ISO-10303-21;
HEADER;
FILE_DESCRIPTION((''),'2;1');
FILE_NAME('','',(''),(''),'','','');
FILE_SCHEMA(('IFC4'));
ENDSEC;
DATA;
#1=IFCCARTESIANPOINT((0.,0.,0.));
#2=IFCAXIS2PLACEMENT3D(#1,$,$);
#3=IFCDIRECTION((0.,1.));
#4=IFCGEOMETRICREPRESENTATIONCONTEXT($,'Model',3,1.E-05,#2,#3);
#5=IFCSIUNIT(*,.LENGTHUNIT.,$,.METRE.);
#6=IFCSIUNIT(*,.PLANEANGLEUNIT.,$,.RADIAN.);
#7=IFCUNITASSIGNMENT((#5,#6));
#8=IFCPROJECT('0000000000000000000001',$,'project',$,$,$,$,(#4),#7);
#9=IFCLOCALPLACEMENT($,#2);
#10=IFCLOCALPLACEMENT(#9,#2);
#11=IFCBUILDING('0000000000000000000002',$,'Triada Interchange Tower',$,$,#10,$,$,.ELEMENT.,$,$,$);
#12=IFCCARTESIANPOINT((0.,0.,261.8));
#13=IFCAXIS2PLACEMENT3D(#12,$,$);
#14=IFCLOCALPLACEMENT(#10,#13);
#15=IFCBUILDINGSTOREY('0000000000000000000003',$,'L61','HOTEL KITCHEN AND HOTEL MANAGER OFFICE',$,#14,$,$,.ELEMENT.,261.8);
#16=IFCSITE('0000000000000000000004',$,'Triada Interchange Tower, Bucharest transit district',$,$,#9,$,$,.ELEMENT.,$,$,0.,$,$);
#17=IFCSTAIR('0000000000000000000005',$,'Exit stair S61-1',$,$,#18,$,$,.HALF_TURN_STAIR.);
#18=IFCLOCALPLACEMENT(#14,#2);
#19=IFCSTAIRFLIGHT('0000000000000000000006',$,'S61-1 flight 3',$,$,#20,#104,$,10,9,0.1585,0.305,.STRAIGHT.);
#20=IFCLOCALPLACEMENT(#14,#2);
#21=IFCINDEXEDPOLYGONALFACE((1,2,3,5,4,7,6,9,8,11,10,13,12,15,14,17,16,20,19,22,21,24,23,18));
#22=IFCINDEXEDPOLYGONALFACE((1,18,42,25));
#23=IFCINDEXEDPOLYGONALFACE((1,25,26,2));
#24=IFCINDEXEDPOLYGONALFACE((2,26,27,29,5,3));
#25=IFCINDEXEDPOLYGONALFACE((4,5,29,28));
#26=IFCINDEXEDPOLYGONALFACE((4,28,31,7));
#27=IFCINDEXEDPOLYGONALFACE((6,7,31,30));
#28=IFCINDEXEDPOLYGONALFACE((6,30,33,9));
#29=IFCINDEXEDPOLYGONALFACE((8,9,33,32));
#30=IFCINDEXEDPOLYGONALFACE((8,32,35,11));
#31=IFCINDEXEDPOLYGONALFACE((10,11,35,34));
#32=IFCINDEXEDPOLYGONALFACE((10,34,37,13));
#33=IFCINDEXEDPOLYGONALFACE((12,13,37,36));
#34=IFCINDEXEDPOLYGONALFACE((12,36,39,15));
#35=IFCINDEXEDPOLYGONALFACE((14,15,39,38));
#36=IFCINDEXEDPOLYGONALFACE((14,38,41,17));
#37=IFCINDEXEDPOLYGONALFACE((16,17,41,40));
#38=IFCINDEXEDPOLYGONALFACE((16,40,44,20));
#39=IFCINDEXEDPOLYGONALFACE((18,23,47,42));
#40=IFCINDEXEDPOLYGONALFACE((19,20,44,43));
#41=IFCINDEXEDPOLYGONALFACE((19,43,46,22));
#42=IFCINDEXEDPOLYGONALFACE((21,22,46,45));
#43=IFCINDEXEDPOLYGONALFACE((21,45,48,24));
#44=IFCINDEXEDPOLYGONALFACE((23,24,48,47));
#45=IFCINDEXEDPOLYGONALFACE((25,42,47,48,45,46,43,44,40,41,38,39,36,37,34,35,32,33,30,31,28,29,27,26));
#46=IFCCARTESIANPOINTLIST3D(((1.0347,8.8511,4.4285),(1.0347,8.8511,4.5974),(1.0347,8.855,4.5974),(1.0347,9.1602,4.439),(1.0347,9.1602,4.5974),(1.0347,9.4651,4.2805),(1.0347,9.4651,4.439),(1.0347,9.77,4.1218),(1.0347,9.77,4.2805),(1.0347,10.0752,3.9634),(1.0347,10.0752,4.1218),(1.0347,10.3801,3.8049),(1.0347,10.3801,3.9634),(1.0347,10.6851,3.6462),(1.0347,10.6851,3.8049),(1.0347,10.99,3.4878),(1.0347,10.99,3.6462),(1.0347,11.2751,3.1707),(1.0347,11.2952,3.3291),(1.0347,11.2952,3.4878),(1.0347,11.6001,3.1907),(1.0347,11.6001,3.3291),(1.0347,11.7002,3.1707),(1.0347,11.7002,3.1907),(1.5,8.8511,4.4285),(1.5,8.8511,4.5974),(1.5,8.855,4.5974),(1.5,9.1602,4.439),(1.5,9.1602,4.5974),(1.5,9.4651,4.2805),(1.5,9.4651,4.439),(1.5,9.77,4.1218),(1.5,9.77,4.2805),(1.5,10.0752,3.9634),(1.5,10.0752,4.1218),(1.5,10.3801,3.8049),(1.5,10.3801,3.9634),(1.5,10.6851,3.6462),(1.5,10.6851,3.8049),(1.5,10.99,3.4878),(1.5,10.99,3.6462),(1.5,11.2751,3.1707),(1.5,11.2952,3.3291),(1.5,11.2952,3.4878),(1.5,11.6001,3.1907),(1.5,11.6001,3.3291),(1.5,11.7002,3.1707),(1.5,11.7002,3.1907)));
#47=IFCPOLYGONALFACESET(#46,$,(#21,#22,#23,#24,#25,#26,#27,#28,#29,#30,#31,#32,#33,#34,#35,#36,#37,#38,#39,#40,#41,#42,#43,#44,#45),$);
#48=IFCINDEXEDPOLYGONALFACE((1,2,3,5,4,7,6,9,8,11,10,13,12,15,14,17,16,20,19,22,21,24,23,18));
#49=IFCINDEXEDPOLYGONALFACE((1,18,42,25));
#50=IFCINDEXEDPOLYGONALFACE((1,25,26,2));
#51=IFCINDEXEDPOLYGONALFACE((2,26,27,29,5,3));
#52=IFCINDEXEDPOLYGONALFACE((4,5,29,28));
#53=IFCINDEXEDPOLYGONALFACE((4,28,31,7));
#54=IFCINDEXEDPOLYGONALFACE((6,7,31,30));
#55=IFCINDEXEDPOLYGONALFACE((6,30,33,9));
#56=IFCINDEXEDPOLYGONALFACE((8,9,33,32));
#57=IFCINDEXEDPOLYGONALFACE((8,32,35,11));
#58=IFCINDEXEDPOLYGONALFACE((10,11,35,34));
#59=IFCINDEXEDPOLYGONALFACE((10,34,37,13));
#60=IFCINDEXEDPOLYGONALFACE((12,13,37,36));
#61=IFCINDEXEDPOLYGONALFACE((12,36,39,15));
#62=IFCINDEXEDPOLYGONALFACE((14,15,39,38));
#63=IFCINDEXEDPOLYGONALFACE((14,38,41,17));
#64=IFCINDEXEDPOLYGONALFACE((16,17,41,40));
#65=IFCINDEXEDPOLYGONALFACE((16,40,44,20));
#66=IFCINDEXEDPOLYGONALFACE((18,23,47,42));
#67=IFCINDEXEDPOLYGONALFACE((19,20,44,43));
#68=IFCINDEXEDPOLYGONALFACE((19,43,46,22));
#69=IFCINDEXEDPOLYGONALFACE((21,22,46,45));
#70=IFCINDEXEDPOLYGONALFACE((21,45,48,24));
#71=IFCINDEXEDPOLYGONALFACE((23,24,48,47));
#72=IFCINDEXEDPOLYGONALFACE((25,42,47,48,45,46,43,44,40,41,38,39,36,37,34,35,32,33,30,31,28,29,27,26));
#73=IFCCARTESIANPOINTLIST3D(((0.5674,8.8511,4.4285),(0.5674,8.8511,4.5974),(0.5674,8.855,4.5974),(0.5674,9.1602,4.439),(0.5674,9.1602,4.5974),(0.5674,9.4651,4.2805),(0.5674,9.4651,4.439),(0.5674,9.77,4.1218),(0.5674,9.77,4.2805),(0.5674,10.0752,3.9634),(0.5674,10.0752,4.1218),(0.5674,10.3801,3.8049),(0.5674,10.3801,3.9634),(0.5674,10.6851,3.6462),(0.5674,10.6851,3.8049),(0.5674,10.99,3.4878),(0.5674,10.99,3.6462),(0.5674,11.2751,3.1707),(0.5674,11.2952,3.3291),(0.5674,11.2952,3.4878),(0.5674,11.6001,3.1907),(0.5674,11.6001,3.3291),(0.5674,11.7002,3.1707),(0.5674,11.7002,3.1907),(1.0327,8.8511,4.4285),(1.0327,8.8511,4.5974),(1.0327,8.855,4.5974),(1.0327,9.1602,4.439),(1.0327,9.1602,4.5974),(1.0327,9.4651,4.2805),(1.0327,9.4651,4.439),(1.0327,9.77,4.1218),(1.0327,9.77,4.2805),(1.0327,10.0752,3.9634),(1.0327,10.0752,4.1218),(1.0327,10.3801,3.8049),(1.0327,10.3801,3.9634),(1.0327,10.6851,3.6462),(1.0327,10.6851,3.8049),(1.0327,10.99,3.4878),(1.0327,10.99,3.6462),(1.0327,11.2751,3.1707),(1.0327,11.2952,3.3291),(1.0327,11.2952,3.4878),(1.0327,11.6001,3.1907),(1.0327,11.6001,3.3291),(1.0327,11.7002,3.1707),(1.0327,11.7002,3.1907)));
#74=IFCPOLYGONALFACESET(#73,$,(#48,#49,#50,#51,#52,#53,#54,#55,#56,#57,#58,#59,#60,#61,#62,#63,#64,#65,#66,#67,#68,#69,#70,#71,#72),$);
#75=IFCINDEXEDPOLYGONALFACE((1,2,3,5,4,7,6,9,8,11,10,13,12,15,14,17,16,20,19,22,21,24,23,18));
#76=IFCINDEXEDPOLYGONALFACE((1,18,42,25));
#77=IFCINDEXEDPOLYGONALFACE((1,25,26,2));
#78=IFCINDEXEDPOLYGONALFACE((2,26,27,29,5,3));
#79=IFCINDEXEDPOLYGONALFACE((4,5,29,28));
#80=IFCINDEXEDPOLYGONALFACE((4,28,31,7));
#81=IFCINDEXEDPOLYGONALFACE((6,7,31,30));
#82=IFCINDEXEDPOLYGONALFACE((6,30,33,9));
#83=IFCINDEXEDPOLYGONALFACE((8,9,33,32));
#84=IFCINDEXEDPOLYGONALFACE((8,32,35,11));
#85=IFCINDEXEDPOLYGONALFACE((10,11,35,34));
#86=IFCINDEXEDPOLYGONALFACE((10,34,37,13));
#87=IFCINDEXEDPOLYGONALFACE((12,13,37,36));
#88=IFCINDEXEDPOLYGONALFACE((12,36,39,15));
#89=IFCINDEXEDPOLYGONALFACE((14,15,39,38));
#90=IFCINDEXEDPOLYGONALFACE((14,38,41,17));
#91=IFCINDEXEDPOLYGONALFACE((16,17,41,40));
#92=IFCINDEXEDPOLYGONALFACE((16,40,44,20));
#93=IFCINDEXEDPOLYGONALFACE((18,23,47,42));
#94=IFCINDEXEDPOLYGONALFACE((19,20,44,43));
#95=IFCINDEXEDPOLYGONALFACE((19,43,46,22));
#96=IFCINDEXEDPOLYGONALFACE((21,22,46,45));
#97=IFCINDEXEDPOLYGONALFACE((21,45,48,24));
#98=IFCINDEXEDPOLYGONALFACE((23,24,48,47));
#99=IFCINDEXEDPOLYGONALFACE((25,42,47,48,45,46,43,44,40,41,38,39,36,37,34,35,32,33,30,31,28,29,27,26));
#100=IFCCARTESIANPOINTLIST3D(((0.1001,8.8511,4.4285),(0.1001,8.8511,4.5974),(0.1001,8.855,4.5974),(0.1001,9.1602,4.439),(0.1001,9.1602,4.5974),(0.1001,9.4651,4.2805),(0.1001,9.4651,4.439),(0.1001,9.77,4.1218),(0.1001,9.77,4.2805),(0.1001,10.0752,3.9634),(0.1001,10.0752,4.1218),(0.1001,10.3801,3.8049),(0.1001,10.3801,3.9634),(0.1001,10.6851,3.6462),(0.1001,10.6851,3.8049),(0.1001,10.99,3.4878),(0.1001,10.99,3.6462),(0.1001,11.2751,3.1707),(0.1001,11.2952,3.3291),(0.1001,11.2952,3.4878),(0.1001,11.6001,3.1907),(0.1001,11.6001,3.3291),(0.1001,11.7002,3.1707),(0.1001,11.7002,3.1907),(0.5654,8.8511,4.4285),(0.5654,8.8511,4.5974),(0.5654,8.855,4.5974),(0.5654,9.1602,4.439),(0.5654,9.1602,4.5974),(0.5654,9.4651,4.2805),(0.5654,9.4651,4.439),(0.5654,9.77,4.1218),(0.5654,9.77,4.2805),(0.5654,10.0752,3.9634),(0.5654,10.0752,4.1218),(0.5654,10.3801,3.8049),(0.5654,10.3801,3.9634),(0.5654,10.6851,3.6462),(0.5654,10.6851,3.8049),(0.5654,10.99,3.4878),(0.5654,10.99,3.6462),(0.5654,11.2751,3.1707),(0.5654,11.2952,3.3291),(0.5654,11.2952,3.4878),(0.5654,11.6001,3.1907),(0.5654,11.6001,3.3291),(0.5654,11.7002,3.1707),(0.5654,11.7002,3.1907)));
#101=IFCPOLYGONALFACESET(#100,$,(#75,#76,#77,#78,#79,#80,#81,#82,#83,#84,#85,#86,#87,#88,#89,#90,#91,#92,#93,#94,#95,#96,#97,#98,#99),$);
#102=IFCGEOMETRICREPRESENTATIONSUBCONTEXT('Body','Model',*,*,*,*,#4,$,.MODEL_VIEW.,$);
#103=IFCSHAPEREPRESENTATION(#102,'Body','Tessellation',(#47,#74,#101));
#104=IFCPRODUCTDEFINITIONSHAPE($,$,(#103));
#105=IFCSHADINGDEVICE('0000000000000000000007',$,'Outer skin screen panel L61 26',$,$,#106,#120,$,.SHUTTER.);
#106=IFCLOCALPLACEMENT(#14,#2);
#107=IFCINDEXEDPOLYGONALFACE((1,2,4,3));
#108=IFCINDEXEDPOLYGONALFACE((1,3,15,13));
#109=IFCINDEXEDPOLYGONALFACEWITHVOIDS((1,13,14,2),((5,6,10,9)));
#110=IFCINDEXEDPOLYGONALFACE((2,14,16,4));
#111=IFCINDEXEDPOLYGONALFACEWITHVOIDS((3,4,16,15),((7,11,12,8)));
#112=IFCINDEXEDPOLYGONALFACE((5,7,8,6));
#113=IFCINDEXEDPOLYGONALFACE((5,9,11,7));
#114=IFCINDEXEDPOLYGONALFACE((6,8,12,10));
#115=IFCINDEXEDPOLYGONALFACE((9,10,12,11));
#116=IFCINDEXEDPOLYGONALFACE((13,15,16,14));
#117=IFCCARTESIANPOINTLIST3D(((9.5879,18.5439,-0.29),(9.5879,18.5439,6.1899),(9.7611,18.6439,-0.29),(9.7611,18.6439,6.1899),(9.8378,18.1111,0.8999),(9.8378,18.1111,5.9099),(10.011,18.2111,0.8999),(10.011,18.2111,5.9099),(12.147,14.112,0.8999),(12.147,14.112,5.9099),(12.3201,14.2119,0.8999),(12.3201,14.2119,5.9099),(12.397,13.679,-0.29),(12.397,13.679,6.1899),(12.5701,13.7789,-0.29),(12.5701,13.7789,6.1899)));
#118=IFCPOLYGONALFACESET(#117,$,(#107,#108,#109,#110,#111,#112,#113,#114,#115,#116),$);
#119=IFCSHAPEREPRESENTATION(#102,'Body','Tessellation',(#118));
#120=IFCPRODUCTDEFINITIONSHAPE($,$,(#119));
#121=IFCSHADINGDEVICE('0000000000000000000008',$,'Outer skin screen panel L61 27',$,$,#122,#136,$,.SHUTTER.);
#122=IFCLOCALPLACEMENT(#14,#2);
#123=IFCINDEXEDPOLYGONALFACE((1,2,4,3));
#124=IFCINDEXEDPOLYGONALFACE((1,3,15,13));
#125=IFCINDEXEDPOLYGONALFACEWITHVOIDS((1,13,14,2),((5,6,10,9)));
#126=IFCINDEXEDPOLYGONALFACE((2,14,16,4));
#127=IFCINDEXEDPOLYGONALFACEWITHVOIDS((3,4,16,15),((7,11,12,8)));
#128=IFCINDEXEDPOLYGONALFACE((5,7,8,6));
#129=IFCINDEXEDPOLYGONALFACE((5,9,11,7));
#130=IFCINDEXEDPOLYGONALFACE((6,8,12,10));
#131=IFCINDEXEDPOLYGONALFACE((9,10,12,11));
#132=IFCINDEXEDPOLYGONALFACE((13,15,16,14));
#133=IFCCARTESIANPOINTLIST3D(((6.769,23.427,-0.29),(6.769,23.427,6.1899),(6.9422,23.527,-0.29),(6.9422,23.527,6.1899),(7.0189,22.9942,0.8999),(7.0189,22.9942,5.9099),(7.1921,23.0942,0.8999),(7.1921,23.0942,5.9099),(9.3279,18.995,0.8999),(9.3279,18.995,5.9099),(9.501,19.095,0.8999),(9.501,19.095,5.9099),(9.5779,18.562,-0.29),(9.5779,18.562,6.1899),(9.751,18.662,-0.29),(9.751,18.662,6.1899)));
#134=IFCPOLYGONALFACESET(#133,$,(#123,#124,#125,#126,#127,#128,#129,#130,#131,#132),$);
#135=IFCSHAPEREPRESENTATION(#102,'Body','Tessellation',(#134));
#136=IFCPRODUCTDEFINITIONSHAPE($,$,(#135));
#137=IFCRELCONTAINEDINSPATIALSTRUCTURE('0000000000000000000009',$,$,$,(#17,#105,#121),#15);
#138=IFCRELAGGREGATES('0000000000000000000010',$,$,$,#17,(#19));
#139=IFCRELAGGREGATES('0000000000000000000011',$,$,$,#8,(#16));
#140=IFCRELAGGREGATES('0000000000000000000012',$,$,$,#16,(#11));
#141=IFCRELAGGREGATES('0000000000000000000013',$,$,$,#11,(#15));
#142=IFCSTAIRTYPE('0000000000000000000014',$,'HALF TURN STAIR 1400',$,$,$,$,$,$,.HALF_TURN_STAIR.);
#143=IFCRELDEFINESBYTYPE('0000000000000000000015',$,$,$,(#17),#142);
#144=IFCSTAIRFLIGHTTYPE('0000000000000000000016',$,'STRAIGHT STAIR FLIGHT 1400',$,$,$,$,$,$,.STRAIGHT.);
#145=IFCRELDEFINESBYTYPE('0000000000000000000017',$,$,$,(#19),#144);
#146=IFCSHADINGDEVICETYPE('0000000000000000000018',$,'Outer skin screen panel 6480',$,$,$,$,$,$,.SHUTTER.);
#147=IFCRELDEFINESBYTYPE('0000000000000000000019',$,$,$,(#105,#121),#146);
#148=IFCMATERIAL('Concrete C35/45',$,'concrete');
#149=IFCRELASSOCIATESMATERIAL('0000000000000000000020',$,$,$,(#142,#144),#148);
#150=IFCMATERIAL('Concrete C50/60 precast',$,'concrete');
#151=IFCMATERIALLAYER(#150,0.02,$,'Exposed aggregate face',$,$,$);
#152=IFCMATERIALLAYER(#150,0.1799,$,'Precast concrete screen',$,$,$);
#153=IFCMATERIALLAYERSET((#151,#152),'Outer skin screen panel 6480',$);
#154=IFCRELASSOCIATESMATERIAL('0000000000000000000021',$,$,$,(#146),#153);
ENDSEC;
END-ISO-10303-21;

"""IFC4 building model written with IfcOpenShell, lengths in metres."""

from ifc_helpers import new_model, si_unit, direction, frame, origin, place, context, subcontext, project, spatial, polyline, outline, extrude, material, layer, layer_set, type_object, element, aggregate, save


model = new_model("IFC4")

# Units and contexts
model_context = context("Model", 3, precision=1e-05, world=origin(), true_north=direction((0.0, 1.0)))
body_context = subcontext(model_context, "Body", "Model", "MODEL_VIEW")
ifc_project = project(units=[si_unit("LENGTHUNIT", "METRE"), si_unit("PLANEANGLEUNIT", "RADIAN")], contexts=[model_context])

# Site, building, storey
site_placement = place(None, origin())
site = spatial("IfcSite", under=ifc_project, at=site_placement, Name="Triada Interchange Tower, Bucharest transit district", CompositionType="ELEMENT", RefElevation=0.0)
building_placement = place(site_placement, origin())
building = spatial("IfcBuilding", under=site, at=building_placement, Name="Triada Interchange Tower", CompositionType="ELEMENT")
storey_placement = place(building_placement, frame((0.0, 0.0, 261.8)))
storey = spatial("IfcBuildingStorey", under=building, at=storey_placement, Name="L61", Description="HOTEL KITCHEN AND HOTEL MANAGER OFFICE", CompositionType="ELEMENT", Elevation=261.8)

# Shared definitions
ifc_material_1 = material(Name="Concrete C35/45", Category="concrete")

# Stair, stair flight
stair_type = type_object("IfcStairType", Name="HALF TURN STAIR 1400", PredefinedType="HALF_TURN_STAIR", material=ifc_material_1)
stair_placement = place(storey_placement, origin())
stair = element("IfcStair", 1, at=stair_placement, inside=storey, type_object=stair_type, Name="Exit stair S61-1", PredefinedType="HALF_TURN_STAIR")
stair_flight_type = type_object("IfcStairFlightType", Name="STRAIGHT STAIR FLIGHT 1400", PredefinedType="STRAIGHT", material=ifc_material_1)
stair_flight_1_placement = place(storey_placement, frame((0.8, 11.6001, 3.1707), z_axis=(0.0, 0.0, 1.0), x_axis=(0.0, -1.0, 0.0)))
stair_flight_1 = element("IfcStairFlight", 2, at=stair_flight_1_placement, type_object=stair_flight_type, Name="S61-1 flight 3", NumberOfRisers=10, NumberOfTreads=9, PredefinedType="STRAIGHT", RiserHeight=0.1585, TreadLength=0.305, context=body_context, shape_type="SweptSolid", body=[
    extrude(outline(polyline([(-0.1001, 0.0), (-0.1001, 0.02), (0.0, 0.02), (0.0, 0.1584), (0.3049, 0.1584), (0.3049, 0.3171), (0.6101, 0.3171), (0.6101, 0.4756), (0.915, 0.4756), (0.915, 0.6343), (1.22, 0.6343), (1.22, 0.7927), (1.5249, 0.7927), (1.5249, 0.9512), (1.8301, 0.9512), (1.8301, 1.1099), (2.135, 1.1099), (2.135, 1.2683), (2.4399, 1.2683), (2.4399, 1.4268), (2.7451, 1.4268), (2.749, 1.4268), (2.749, 1.5854), (2.749, 1.2578), (0.325, 0.0), (-0.1001, 0.0)])), frame((0.0, 0.7, 0.0), z_axis=(0.0, -1.0, 0.0), x_axis=(1.0, 0.0, 0.0)), (0.0, 0.0, 1.0), 0.4653),
    extrude(outline(polyline([(-0.1001, 0.0), (-0.1001, 0.02), (0.0, 0.02), (0.0, 0.1584), (0.3049, 0.1584), (0.3049, 0.3171), (0.6101, 0.3171), (0.6101, 0.4756), (0.915, 0.4756), (0.915, 0.6343), (1.22, 0.6343), (1.22, 0.7927), (1.5249, 0.7927), (1.5249, 0.9512), (1.8301, 0.9512), (1.8301, 1.1099), (2.135, 1.1099), (2.135, 1.2683), (2.4399, 1.2683), (2.4399, 1.4268), (2.7451, 1.4268), (2.749, 1.4268), (2.749, 1.5854), (2.749, 1.2578), (0.325, 0.0), (-0.1001, 0.0)])), frame((0.0, 0.2327, 0.0), z_axis=(0.0, -1.0, 0.0), x_axis=(1.0, 0.0, 0.0)), (0.0, 0.0, 1.0), 0.4653),
    extrude(outline(polyline([(-0.1001, 0.0), (-0.1001, 0.02), (0.0, 0.02), (0.0, 0.1584), (0.3049, 0.1584), (0.3049, 0.3171), (0.6101, 0.3171), (0.6101, 0.4756), (0.915, 0.4756), (0.915, 0.6343), (1.22, 0.6343), (1.22, 0.7927), (1.5249, 0.7927), (1.5249, 0.9512), (1.8301, 0.9512), (1.8301, 1.1099), (2.135, 1.1099), (2.135, 1.2683), (2.4399, 1.2683), (2.4399, 1.4268), (2.7451, 1.4268), (2.749, 1.4268), (2.749, 1.5854), (2.749, 1.2578), (0.325, 0.0), (-0.1001, 0.0)])), frame((0.0, -0.2346, 0.0), z_axis=(0.0, -1.0, 0.0), x_axis=(1.0, 0.0, 0.0)), (0.0, 0.0, 1.0), 0.4653),
])

# Shading devices
ifc_material_2 = material(Name="Concrete C50/60 precast", Category="concrete")
ifc_layer_1 = layer(ifc_material_2, 0.02, Name="Exposed aggregate face")
ifc_layer_2 = layer(ifc_material_2, 0.1799, Name="Precast concrete screen")
ifc_layer_set_1 = layer_set([ifc_layer_1, ifc_layer_2], Name="Outer skin screen panel 6480")
shading_device_type = type_object("IfcShadingDeviceType", Name="Outer skin screen panel 6480", PredefinedType="SHUTTER", material=ifc_layer_set_1)
for number, where, z_axis, x_axis, name in (
    (3, (12.397, 13.679, -0.29), (0.0, 0.0, 1.0), (-0.500037, 0.866004, 0.0), "Outer skin screen panel L61 26"),
    (4, (9.5779, 18.562, -0.29), (0.0, 0.0, 1.0), (-0.500005, 0.866023, 0.0), "Outer skin screen panel L61 27"),
):
    element("IfcShadingDevice", number, at=place(storey_placement, frame(where, z_axis=z_axis, x_axis=x_axis)), inside=storey, type_object=shading_device_type, Name=name, PredefinedType="SHUTTER", context=body_context, shape_type="SweptSolid", body=[
        extrude(outline(polyline([(0.0, 0.0), (5.6177, 0.0), (5.6177, 6.48), (0.0, 6.48), (0.0, 0.0)]), holes=[polyline([(0.5, 1.1899), (0.5, 6.2), (5.1179, 6.2), (5.1179, 1.1899), (0.5, 1.1899)])]), frame((0.0, 0.0, 0.0), z_axis=(0.0, -1.0, 0.0), x_axis=(1.0, 0.0, 0.0)), (0.0, 0.0, 1.0), 0.2),
    ])

aggregate(stair, [stair_flight_1])

save(model, "model.ifc")
